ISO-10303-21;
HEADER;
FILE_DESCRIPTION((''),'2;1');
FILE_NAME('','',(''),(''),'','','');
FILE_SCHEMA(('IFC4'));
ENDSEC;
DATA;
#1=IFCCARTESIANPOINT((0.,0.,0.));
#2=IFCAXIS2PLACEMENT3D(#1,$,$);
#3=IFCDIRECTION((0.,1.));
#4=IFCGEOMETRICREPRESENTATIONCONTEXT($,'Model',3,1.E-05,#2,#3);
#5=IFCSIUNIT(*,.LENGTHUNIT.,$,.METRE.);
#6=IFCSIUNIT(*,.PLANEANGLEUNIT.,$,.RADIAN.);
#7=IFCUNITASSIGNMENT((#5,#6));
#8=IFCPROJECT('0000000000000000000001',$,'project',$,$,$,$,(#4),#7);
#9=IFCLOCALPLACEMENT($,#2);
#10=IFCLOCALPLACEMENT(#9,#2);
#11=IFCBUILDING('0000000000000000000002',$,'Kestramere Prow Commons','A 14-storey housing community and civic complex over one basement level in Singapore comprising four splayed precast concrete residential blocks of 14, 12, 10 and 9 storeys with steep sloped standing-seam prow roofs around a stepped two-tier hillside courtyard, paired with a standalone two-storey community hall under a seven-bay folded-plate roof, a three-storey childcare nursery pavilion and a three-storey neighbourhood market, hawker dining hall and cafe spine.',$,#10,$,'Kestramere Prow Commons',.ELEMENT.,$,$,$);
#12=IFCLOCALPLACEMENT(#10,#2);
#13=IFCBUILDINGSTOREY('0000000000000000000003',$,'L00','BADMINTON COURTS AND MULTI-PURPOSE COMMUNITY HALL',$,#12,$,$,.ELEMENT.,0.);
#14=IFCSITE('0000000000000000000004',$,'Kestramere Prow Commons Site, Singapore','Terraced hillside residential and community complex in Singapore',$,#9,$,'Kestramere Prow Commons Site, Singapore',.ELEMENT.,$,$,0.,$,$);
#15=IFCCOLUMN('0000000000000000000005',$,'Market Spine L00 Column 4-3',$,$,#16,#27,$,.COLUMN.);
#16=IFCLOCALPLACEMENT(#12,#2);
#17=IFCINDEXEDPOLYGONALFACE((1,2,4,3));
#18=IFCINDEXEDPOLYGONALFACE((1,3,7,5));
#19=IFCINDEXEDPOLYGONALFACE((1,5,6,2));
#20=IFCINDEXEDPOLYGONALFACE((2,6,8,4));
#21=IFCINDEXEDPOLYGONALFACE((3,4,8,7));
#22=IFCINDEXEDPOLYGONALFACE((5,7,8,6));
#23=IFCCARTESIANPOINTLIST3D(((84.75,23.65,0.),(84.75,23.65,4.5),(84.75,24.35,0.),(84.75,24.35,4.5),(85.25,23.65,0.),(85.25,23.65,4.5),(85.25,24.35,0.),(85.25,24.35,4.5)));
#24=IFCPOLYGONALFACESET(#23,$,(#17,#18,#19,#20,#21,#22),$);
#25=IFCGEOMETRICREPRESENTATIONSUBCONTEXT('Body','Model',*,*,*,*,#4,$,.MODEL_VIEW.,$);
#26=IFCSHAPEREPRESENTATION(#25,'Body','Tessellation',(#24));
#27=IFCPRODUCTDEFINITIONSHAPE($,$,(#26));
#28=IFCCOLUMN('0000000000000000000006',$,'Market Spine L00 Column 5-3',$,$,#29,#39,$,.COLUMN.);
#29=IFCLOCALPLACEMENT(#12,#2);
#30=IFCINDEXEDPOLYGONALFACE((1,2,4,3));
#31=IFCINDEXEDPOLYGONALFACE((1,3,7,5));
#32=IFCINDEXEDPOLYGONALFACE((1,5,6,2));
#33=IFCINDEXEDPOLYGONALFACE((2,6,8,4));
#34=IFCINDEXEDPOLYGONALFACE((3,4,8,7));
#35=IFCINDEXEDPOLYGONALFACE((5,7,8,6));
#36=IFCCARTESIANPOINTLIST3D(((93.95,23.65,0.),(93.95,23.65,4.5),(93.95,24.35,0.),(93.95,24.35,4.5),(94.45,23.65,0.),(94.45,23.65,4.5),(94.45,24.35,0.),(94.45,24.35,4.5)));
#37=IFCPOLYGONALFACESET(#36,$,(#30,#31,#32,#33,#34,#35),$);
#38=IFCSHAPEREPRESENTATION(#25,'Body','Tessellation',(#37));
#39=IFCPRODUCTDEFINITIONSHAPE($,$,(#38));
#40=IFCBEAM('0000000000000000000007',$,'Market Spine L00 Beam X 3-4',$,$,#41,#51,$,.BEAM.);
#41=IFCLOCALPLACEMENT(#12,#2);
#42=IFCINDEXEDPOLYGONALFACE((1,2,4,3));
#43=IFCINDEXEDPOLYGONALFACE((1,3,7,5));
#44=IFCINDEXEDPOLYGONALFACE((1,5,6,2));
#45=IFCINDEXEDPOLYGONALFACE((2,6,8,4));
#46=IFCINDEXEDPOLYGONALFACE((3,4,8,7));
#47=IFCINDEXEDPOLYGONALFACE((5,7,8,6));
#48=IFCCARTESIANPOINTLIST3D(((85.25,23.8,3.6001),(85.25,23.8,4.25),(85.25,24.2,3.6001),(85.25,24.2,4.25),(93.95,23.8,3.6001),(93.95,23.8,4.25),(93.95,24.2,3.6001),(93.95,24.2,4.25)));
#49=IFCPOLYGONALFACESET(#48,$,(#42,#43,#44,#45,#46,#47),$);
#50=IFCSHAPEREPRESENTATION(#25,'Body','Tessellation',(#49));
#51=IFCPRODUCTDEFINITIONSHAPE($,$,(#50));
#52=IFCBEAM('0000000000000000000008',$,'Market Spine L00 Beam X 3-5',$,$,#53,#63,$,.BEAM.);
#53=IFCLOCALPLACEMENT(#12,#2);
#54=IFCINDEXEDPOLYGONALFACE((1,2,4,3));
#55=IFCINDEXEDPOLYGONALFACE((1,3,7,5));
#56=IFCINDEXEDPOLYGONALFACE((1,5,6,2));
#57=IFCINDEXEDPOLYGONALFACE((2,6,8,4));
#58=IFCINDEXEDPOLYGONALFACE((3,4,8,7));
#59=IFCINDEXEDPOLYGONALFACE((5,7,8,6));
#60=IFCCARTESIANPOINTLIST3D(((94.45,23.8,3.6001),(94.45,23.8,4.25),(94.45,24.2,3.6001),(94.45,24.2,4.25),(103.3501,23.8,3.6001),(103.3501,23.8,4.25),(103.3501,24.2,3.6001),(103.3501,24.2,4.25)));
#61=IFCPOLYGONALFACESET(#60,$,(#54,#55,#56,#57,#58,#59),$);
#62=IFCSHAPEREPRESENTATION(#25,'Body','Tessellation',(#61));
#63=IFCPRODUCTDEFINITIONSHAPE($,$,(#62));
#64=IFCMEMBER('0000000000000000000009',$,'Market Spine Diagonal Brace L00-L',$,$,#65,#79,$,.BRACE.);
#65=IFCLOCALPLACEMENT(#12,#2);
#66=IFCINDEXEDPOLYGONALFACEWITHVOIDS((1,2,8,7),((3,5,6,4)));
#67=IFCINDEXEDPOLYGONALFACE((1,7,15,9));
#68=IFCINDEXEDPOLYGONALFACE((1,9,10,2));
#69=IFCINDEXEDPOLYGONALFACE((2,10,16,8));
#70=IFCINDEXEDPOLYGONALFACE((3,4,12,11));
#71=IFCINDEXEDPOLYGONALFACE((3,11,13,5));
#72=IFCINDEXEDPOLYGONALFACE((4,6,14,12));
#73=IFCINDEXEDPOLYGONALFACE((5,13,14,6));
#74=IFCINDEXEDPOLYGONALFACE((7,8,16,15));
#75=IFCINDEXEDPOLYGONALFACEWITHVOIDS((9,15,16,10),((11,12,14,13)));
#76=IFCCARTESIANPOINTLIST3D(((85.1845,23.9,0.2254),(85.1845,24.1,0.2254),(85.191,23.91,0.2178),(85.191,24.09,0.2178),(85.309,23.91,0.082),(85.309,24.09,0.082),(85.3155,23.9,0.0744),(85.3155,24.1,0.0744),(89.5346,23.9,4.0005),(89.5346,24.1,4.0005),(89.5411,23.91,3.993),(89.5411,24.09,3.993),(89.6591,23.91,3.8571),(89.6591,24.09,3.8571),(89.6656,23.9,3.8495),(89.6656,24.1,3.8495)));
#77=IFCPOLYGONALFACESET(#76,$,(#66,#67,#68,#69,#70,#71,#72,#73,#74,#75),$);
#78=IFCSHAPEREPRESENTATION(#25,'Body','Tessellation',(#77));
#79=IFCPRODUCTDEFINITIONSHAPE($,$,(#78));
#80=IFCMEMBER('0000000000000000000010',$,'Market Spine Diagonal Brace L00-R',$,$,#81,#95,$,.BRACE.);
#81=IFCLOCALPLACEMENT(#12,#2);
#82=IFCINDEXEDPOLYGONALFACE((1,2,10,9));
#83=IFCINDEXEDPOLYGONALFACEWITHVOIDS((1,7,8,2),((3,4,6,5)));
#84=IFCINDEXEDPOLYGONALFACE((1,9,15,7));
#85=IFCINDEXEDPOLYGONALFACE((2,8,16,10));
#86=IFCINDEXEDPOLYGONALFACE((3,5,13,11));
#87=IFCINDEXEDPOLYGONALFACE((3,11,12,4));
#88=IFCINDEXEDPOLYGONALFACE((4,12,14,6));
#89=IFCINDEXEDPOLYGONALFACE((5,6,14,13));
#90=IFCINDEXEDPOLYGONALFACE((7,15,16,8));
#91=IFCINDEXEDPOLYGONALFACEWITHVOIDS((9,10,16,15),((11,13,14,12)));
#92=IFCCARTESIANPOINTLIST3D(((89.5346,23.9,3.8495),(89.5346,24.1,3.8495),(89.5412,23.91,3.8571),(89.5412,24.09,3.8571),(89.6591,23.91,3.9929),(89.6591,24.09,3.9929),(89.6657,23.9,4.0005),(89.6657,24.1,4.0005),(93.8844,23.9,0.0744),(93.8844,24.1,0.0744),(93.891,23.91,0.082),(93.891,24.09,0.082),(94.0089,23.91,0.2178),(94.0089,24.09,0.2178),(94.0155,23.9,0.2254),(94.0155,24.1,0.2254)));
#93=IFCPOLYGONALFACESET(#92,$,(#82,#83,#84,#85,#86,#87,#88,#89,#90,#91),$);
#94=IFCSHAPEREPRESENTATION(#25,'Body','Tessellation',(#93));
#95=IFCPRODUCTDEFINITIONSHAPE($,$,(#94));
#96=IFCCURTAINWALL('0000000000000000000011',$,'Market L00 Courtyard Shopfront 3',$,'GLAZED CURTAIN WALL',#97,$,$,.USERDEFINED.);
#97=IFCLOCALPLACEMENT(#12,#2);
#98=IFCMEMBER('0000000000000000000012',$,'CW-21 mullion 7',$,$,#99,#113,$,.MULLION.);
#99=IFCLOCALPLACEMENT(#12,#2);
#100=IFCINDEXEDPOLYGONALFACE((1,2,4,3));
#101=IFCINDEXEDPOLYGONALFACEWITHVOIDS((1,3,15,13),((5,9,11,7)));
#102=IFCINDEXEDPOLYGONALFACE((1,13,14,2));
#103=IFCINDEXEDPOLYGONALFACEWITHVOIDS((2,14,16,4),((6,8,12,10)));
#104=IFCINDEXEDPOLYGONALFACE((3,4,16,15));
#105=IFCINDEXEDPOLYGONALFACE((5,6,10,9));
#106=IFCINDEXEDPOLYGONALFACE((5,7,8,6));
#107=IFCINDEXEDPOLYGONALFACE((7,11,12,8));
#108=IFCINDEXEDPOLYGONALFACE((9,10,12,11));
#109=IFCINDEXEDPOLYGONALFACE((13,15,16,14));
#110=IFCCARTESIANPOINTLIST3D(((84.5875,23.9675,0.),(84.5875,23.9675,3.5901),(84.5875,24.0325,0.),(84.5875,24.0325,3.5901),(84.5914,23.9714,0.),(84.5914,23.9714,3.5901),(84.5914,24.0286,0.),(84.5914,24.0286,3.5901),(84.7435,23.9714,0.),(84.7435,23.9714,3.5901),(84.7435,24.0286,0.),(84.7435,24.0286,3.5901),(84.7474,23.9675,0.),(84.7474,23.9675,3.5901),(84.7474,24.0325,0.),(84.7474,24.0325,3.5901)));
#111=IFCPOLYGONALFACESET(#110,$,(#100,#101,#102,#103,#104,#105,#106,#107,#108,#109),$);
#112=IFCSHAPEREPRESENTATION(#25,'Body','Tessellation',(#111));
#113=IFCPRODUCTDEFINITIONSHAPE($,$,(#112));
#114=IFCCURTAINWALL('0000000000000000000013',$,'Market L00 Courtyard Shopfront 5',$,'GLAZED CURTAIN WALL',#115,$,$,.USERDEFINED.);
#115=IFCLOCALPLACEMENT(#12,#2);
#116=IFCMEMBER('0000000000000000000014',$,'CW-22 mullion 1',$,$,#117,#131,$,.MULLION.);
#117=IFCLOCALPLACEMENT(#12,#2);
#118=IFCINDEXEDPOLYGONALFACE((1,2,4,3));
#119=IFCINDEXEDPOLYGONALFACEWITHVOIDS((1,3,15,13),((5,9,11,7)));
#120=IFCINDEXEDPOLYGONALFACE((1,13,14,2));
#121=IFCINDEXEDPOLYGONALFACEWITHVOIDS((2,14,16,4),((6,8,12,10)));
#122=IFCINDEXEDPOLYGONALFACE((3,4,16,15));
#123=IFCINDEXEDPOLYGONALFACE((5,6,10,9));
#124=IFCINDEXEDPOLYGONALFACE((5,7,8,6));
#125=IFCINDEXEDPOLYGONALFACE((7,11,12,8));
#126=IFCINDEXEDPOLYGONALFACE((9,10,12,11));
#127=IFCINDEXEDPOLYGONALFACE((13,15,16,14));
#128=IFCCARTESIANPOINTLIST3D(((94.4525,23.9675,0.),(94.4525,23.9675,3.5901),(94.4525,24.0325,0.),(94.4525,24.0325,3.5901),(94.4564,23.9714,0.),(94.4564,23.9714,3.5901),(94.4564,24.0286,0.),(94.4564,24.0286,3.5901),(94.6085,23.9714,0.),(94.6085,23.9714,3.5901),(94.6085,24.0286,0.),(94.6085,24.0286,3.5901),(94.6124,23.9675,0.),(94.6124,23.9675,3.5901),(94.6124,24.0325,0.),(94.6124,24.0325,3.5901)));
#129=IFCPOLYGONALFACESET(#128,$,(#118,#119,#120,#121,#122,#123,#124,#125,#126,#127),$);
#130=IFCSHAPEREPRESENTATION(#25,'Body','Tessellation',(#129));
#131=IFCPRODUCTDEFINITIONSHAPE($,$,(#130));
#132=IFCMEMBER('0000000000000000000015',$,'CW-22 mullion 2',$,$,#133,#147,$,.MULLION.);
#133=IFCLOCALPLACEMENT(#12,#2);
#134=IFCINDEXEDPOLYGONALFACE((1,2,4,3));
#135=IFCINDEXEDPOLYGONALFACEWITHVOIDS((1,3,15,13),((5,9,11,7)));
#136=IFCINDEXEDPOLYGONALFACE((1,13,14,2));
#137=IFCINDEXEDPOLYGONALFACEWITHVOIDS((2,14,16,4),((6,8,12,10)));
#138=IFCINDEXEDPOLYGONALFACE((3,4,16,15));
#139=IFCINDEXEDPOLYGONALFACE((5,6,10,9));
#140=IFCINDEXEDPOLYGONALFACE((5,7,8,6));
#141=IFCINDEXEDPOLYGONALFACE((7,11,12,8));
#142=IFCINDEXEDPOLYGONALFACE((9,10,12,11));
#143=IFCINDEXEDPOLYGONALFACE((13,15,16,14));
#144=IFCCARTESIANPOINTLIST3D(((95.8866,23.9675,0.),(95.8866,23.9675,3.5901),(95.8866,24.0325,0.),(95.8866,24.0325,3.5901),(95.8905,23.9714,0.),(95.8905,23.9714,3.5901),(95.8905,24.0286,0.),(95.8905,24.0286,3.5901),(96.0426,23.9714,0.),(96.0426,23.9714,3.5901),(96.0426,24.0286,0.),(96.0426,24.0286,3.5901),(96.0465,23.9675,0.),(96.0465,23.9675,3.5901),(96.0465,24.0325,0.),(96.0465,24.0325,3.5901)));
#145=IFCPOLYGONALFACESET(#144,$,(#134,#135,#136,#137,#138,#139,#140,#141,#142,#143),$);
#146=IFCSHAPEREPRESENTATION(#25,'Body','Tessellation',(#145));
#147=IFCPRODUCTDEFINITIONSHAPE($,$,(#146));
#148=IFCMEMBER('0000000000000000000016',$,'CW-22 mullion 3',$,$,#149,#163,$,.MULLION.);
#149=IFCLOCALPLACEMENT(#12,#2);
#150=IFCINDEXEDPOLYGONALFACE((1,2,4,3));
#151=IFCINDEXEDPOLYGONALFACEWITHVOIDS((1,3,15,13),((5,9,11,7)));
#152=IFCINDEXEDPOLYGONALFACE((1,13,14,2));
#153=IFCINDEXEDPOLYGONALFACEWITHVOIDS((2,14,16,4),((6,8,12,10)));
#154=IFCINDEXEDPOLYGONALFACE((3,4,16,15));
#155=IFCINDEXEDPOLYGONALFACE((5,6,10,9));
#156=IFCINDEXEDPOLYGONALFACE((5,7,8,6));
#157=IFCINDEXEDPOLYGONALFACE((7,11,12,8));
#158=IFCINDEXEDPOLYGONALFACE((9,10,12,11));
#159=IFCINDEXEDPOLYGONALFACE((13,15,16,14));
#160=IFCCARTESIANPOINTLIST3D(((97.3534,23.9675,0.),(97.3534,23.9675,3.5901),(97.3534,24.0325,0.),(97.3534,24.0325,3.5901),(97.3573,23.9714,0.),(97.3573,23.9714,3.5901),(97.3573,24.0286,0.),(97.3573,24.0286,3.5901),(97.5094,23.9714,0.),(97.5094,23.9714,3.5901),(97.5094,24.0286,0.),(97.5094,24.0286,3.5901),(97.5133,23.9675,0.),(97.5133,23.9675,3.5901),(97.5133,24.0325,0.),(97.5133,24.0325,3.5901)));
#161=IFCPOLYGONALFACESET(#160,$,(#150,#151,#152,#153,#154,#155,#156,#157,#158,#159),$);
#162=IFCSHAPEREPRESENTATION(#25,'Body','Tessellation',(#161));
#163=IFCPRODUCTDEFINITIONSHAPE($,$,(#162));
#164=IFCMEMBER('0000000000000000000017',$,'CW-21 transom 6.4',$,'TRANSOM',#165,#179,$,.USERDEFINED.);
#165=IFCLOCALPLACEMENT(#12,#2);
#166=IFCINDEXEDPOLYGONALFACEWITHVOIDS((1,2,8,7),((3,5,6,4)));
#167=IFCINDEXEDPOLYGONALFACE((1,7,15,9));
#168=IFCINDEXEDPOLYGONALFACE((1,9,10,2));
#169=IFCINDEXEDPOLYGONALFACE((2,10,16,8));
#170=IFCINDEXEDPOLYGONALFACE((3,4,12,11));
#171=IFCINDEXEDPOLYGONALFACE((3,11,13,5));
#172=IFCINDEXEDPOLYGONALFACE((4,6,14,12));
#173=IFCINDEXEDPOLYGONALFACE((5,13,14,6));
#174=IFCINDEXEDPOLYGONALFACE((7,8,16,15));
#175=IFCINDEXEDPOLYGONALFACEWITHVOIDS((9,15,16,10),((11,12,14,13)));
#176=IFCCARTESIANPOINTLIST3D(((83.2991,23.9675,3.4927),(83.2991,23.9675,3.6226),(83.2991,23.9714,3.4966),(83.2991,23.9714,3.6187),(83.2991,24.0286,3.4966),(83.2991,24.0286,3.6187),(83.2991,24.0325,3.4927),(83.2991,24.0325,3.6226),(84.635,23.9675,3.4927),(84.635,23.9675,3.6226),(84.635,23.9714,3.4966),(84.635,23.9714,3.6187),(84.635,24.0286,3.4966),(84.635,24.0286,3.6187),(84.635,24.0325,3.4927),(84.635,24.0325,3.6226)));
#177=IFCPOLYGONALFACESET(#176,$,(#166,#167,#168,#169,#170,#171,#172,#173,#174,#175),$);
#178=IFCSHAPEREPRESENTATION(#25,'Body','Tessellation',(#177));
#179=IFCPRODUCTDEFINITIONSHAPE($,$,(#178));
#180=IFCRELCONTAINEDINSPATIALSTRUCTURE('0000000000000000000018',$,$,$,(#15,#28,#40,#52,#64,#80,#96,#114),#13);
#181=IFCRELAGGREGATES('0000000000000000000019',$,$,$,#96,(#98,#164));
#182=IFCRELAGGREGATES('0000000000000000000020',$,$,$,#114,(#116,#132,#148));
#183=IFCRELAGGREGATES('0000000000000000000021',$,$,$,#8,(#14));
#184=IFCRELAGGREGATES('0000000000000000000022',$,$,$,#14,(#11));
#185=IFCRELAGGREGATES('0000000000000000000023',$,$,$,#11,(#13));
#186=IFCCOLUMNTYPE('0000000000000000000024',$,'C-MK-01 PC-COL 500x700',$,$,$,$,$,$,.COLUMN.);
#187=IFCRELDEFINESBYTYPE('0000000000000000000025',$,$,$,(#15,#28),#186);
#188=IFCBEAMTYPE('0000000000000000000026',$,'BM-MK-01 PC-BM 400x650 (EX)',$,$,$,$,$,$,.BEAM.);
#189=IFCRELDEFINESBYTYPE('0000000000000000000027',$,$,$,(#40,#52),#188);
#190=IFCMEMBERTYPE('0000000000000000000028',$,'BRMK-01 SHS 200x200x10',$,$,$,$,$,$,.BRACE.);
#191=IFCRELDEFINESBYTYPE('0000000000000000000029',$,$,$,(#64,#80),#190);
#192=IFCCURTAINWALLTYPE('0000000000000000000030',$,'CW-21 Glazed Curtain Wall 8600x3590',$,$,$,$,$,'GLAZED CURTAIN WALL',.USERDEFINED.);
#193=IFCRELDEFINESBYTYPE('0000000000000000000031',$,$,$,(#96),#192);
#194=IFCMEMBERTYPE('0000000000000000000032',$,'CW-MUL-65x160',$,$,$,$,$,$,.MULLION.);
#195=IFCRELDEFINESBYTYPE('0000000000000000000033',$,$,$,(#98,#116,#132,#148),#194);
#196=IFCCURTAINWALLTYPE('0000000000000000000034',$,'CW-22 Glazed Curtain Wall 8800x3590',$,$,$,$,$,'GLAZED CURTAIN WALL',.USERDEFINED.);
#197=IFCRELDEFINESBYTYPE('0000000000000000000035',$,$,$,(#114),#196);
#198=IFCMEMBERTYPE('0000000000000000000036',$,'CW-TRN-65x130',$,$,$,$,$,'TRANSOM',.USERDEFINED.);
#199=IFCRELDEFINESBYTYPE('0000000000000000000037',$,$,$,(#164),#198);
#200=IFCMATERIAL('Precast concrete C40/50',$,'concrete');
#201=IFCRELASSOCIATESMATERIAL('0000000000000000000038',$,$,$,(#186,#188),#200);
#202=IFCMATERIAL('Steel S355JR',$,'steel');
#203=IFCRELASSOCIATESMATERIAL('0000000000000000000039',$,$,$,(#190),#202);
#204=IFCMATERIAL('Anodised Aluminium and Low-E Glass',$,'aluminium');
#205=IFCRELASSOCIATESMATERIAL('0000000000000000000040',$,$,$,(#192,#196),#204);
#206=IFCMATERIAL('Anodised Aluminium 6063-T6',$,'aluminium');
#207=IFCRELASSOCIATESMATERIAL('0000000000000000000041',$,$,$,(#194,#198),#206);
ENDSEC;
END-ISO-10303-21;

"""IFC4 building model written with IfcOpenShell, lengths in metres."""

from ifc_helpers import new_model, si_unit, direction, frame, origin, origin_2d, place, context, subcontext, project, spatial, rectangle, hollow_rectangle, extrude, material, material_profile, profile_set, type_object, element, aggregate, save


model = new_model("IFC4")

# Units and contexts
model_context = context("Model", 3, precision=1e-05, world=origin(), true_north=direction((0.0, 1.0)))
body_context = subcontext(model_context, "Body", "Model", "MODEL_VIEW")
ifc_project = project(units=[si_unit("LENGTHUNIT", "METRE"), si_unit("PLANEANGLEUNIT", "RADIAN")], contexts=[model_context])

# Site, building, storey
site_placement = place(None, origin())
site = spatial("IfcSite", under=ifc_project, at=site_placement, Name="Kestramere Prow Commons Site, Singapore", Description="Terraced hillside residential and community complex in Singapore", LongName="Kestramere Prow Commons Site, Singapore", CompositionType="ELEMENT", RefElevation=0.0)
building_placement = place(site_placement, origin())
building = spatial("IfcBuilding", under=site, at=building_placement, Name="Kestramere Prow Commons", Description="A 14-storey housing community and civic complex over one basement level in Singapore comprising four splayed precast concrete residential blocks of 14, 12, 10 and 9 storeys with steep sloped standing-seam prow roofs around a stepped two-tier hillside courtyard, paired with a standalone two-storey community hall under a seven-bay folded-plate roof, a three-storey childcare nursery pavilion and a three-storey neighbourhood market, hawker dining hall and cafe spine.", LongName="Kestramere Prow Commons", CompositionType="ELEMENT")
storey_placement = place(building_placement, origin())
storey = spatial("IfcBuildingStorey", under=building, at=storey_placement, Name="L00", Description="BADMINTON COURTS AND MULTI-PURPOSE COMMUNITY HALL", CompositionType="ELEMENT", Elevation=0.0)

# Columns
ifc_material_1 = material(Name="Precast concrete C40/50", Category="concrete")
ifc_material_profile_1 = material_profile(ifc_material_1, rectangle(XDim=0.5, YDim=0.7, at=origin_2d()), Name="PC-COL 500x700")
ifc_profile_set_1 = profile_set([ifc_material_profile_1], Name="Precast concrete C40/50")
column_type = type_object("IfcColumnType", Name="C-MK-01 PC-COL 500x700", PredefinedType="COLUMN", material=ifc_profile_set_1)
for number, where, z_axis, x_axis, name in (
    (1, (85.0, 24.0, 0.0), (0.0, 0.0, 1.0), (1.0, 0.0, 0.0), "Market Spine L00 Column 4-3"),
    (2, (94.2, 24.0, 0.0), (0.0, 0.0, 1.0), (1.0, 0.0, 0.0), "Market Spine L00 Column 5-3"),
):
    element("IfcColumn", number, at=place(storey_placement, frame(where, z_axis=z_axis, x_axis=x_axis)), inside=storey, type_object=column_type, Name=name, PredefinedType="COLUMN", context=body_context, shape_type="SweptSolid", body=[
        extrude(rectangle(XDim=0.5, YDim=0.7, at=origin_2d()), origin(), (0.0, 0.0, 1.0), 4.5),
    ])

# Beams
ifc_material_profile_2 = material_profile(ifc_material_1, rectangle(XDim=0.3999, YDim=0.6499, at=origin_2d()), Name="PC-BM 400x650")
ifc_profile_set_2 = profile_set([ifc_material_profile_2], Name="Precast concrete C40/50")
beam_type = type_object("IfcBeamType", Name="BM-MK-01 PC-BM 400x650 (EX)", PredefinedType="BEAM", material=ifc_profile_set_2)
beam_1_placement = place(storey_placement, frame((85.25, 24.0, 3.925), z_axis=(1.0, 0.0, 0.0), x_axis=(0.0, 1.0, 0.0)))
element("IfcBeam", 3, at=beam_1_placement, inside=storey, type_object=beam_type, Name="Market Spine L00 Beam X 3-4", PredefinedType="BEAM", context=body_context, shape_type="SweptSolid", body=[
    extrude(rectangle(XDim=0.3999, YDim=0.6499, at=origin_2d()), origin(), (0.0, 0.0, 1.0), 8.7),
])
beam_2_placement = place(storey_placement, frame((94.45, 24.0, 3.925), z_axis=(1.0, 0.0, 0.0), x_axis=(0.0, 1.0, 0.0)))
element("IfcBeam", 4, at=beam_2_placement, inside=storey, type_object=beam_type, Name="Market Spine L00 Beam X 3-5", PredefinedType="BEAM", context=body_context, shape_type="SweptSolid", body=[
    extrude(rectangle(XDim=0.3999, YDim=0.6499, at=origin_2d()), origin(), (0.0, 0.0, 1.0), 8.9001),
])

# Members
ifc_material_2 = material(Name="Steel S355JR", Category="steel")
ifc_material_profile_3 = material_profile(ifc_material_2, hollow_rectangle(XDim=0.2, YDim=0.2, WallThickness=0.01, at=origin_2d()), Name="SHS 200x200x10")
ifc_profile_set_3 = profile_set([ifc_material_profile_3], Name="Steel S355JR")
member_type_1 = type_object("IfcMemberType", Name="BRMK-01 SHS 200x200x10", PredefinedType="BRACE", material=ifc_profile_set_3)
member_1_placement = place(storey_placement, frame((85.25, 24.0, 0.1499), z_axis=(0.755254, 0.0, 0.655432), x_axis=(0.0, 1.0, 0.0)))
element("IfcMember", 5, at=member_1_placement, inside=storey, type_object=member_type_1, Name="Market Spine Diagonal Brace L00-L", PredefinedType="BRACE", context=body_context, shape_type="SweptSolid", body=[
    extrude(hollow_rectangle(XDim=0.2, YDim=0.2, WallThickness=0.01, at=origin_2d()), origin(), (0.0, 0.0, 1.0), 5.7598),
])
member_2_placement = place(storey_placement, frame((93.95, 24.0, 0.1499), z_axis=(-0.755236, 0.0, 0.655453), x_axis=(0.0, -1.0, 0.0)))
element("IfcMember", 6, at=member_2_placement, inside=storey, type_object=member_type_1, Name="Market Spine Diagonal Brace L00-R", PredefinedType="BRACE", context=body_context, shape_type="SweptSolid", body=[
    extrude(hollow_rectangle(XDim=0.2, YDim=0.2, WallThickness=0.01, at=origin_2d()), origin(), (0.0, 0.0, 1.0), 5.7595),
])

# Curtain wall, member
ifc_material_3 = material(Name="Anodised Aluminium and Low-E Glass", Category="aluminium")
curtain_wall_type_1 = type_object("IfcCurtainWallType", Name="CW-21 Glazed Curtain Wall 8600x3590", ElementType="GLAZED CURTAIN WALL", PredefinedType="USERDEFINED", material=ifc_material_3)
curtain_wall_1_placement = place(storey_placement, origin())
curtain_wall_1 = element("IfcCurtainWall", 7, at=curtain_wall_1_placement, inside=storey, type_object=curtain_wall_type_1, Name="Market L00 Courtyard Shopfront 3", ObjectType="GLAZED CURTAIN WALL", PredefinedType="USERDEFINED")
ifc_material_4 = material(Name="Anodised Aluminium 6063-T6", Category="aluminium")
ifc_material_profile_4 = material_profile(ifc_material_4, hollow_rectangle(XDim=0.0649, YDim=0.1599, WallThickness=0.0039, at=origin_2d()), Name="ALU-MUL 65x160")
ifc_profile_set_4 = profile_set([ifc_material_profile_4], Name="Anodised Aluminium 6063-T6")
member_type_2 = type_object("IfcMemberType", Name="CW-MUL-65x160", PredefinedType="MULLION", material=ifc_profile_set_4)
member_3_placement = place(storey_placement, frame((84.6675, 24.0, 0.0), z_axis=(0.0, 0.0, 1.0), x_axis=(0.0, 1.0, 0.0)))
member_3 = element("IfcMember", 8, at=member_3_placement, type_object=member_type_2, Name="CW-21 mullion 7", PredefinedType="MULLION", context=body_context, shape_type="SweptSolid", body=[
    extrude(hollow_rectangle(XDim=0.0649, YDim=0.1599, WallThickness=0.0039, at=origin_2d()), origin(), (0.0, 0.0, 1.0), 3.5901),
])

# Curtain wall, members
curtain_wall_type_2 = type_object("IfcCurtainWallType", Name="CW-22 Glazed Curtain Wall 8800x3590", ElementType="GLAZED CURTAIN WALL", PredefinedType="USERDEFINED", material=ifc_material_3)
curtain_wall_2_placement = place(storey_placement, origin())
curtain_wall_2 = element("IfcCurtainWall", 9, at=curtain_wall_2_placement, inside=storey, type_object=curtain_wall_type_2, Name="Market L00 Courtyard Shopfront 5", ObjectType="GLAZED CURTAIN WALL", PredefinedType="USERDEFINED")
member_4_placement = place(storey_placement, frame((94.5325, 24.0, 0.0), z_axis=(0.0, 0.0, 1.0), x_axis=(0.0, 1.0, 0.0)))
member_4 = element("IfcMember", 10, at=member_4_placement, type_object=member_type_2, Name="CW-22 mullion 1", PredefinedType="MULLION", context=body_context, shape_type="SweptSolid", body=[
    extrude(hollow_rectangle(XDim=0.0649, YDim=0.1599, WallThickness=0.0039, at=origin_2d()), origin(), (0.0, 0.0, 1.0), 3.5901),
])
member_5_placement = place(storey_placement, frame((95.9666, 24.0, 0.0), z_axis=(0.0, 0.0, 1.0), x_axis=(0.0, 1.0, 0.0)))
member_5 = element("IfcMember", 11, at=member_5_placement, type_object=member_type_2, Name="CW-22 mullion 2", PredefinedType="MULLION", context=body_context, shape_type="SweptSolid", body=[
    extrude(hollow_rectangle(XDim=0.0649, YDim=0.1599, WallThickness=0.0039, at=origin_2d()), origin(), (0.0, 0.0, 1.0), 3.5901),
])
member_6_placement = place(storey_placement, frame((97.4333, 24.0, 0.0), z_axis=(0.0, 0.0, 1.0), x_axis=(0.0, 1.0, 0.0)))
member_6 = element("IfcMember", 12, at=member_6_placement, type_object=member_type_2, Name="CW-22 mullion 3", PredefinedType="MULLION", context=body_context, shape_type="SweptSolid", body=[
    extrude(hollow_rectangle(XDim=0.0649, YDim=0.1599, WallThickness=0.0039, at=origin_2d()), origin(), (0.0, 0.0, 1.0), 3.5901),
])

# Member
ifc_material_profile_5 = material_profile(ifc_material_4, hollow_rectangle(XDim=0.0649, YDim=0.1299, WallThickness=0.0039, at=origin_2d()), Name="ALU-TRN 65x130")
ifc_profile_set_5 = profile_set([ifc_material_profile_5], Name="Anodised Aluminium 6063-T6")
member_type_3 = type_object("IfcMemberType", Name="CW-TRN-65x130", ElementType="TRANSOM", PredefinedType="USERDEFINED", material=ifc_profile_set_5)
member_7_placement = place(storey_placement, frame((83.2991, 24.0, 3.5576), z_axis=(1.0, 0.0, 0.0), x_axis=(0.0, 1.0, 0.0)))
member_7 = element("IfcMember", 13, at=member_7_placement, type_object=member_type_3, Name="CW-21 transom 6.4", ObjectType="TRANSOM", PredefinedType="USERDEFINED", context=body_context, shape_type="SweptSolid", body=[
    extrude(hollow_rectangle(XDim=0.0649, YDim=0.1299, WallThickness=0.0039, at=origin_2d()), origin(), (0.0, 0.0, 1.0), 1.3359),
])

aggregate(curtain_wall_1, [member_3, member_7])
aggregate(curtain_wall_2, [member_4, member_5, member_6])

save(model, "model.ifc")
